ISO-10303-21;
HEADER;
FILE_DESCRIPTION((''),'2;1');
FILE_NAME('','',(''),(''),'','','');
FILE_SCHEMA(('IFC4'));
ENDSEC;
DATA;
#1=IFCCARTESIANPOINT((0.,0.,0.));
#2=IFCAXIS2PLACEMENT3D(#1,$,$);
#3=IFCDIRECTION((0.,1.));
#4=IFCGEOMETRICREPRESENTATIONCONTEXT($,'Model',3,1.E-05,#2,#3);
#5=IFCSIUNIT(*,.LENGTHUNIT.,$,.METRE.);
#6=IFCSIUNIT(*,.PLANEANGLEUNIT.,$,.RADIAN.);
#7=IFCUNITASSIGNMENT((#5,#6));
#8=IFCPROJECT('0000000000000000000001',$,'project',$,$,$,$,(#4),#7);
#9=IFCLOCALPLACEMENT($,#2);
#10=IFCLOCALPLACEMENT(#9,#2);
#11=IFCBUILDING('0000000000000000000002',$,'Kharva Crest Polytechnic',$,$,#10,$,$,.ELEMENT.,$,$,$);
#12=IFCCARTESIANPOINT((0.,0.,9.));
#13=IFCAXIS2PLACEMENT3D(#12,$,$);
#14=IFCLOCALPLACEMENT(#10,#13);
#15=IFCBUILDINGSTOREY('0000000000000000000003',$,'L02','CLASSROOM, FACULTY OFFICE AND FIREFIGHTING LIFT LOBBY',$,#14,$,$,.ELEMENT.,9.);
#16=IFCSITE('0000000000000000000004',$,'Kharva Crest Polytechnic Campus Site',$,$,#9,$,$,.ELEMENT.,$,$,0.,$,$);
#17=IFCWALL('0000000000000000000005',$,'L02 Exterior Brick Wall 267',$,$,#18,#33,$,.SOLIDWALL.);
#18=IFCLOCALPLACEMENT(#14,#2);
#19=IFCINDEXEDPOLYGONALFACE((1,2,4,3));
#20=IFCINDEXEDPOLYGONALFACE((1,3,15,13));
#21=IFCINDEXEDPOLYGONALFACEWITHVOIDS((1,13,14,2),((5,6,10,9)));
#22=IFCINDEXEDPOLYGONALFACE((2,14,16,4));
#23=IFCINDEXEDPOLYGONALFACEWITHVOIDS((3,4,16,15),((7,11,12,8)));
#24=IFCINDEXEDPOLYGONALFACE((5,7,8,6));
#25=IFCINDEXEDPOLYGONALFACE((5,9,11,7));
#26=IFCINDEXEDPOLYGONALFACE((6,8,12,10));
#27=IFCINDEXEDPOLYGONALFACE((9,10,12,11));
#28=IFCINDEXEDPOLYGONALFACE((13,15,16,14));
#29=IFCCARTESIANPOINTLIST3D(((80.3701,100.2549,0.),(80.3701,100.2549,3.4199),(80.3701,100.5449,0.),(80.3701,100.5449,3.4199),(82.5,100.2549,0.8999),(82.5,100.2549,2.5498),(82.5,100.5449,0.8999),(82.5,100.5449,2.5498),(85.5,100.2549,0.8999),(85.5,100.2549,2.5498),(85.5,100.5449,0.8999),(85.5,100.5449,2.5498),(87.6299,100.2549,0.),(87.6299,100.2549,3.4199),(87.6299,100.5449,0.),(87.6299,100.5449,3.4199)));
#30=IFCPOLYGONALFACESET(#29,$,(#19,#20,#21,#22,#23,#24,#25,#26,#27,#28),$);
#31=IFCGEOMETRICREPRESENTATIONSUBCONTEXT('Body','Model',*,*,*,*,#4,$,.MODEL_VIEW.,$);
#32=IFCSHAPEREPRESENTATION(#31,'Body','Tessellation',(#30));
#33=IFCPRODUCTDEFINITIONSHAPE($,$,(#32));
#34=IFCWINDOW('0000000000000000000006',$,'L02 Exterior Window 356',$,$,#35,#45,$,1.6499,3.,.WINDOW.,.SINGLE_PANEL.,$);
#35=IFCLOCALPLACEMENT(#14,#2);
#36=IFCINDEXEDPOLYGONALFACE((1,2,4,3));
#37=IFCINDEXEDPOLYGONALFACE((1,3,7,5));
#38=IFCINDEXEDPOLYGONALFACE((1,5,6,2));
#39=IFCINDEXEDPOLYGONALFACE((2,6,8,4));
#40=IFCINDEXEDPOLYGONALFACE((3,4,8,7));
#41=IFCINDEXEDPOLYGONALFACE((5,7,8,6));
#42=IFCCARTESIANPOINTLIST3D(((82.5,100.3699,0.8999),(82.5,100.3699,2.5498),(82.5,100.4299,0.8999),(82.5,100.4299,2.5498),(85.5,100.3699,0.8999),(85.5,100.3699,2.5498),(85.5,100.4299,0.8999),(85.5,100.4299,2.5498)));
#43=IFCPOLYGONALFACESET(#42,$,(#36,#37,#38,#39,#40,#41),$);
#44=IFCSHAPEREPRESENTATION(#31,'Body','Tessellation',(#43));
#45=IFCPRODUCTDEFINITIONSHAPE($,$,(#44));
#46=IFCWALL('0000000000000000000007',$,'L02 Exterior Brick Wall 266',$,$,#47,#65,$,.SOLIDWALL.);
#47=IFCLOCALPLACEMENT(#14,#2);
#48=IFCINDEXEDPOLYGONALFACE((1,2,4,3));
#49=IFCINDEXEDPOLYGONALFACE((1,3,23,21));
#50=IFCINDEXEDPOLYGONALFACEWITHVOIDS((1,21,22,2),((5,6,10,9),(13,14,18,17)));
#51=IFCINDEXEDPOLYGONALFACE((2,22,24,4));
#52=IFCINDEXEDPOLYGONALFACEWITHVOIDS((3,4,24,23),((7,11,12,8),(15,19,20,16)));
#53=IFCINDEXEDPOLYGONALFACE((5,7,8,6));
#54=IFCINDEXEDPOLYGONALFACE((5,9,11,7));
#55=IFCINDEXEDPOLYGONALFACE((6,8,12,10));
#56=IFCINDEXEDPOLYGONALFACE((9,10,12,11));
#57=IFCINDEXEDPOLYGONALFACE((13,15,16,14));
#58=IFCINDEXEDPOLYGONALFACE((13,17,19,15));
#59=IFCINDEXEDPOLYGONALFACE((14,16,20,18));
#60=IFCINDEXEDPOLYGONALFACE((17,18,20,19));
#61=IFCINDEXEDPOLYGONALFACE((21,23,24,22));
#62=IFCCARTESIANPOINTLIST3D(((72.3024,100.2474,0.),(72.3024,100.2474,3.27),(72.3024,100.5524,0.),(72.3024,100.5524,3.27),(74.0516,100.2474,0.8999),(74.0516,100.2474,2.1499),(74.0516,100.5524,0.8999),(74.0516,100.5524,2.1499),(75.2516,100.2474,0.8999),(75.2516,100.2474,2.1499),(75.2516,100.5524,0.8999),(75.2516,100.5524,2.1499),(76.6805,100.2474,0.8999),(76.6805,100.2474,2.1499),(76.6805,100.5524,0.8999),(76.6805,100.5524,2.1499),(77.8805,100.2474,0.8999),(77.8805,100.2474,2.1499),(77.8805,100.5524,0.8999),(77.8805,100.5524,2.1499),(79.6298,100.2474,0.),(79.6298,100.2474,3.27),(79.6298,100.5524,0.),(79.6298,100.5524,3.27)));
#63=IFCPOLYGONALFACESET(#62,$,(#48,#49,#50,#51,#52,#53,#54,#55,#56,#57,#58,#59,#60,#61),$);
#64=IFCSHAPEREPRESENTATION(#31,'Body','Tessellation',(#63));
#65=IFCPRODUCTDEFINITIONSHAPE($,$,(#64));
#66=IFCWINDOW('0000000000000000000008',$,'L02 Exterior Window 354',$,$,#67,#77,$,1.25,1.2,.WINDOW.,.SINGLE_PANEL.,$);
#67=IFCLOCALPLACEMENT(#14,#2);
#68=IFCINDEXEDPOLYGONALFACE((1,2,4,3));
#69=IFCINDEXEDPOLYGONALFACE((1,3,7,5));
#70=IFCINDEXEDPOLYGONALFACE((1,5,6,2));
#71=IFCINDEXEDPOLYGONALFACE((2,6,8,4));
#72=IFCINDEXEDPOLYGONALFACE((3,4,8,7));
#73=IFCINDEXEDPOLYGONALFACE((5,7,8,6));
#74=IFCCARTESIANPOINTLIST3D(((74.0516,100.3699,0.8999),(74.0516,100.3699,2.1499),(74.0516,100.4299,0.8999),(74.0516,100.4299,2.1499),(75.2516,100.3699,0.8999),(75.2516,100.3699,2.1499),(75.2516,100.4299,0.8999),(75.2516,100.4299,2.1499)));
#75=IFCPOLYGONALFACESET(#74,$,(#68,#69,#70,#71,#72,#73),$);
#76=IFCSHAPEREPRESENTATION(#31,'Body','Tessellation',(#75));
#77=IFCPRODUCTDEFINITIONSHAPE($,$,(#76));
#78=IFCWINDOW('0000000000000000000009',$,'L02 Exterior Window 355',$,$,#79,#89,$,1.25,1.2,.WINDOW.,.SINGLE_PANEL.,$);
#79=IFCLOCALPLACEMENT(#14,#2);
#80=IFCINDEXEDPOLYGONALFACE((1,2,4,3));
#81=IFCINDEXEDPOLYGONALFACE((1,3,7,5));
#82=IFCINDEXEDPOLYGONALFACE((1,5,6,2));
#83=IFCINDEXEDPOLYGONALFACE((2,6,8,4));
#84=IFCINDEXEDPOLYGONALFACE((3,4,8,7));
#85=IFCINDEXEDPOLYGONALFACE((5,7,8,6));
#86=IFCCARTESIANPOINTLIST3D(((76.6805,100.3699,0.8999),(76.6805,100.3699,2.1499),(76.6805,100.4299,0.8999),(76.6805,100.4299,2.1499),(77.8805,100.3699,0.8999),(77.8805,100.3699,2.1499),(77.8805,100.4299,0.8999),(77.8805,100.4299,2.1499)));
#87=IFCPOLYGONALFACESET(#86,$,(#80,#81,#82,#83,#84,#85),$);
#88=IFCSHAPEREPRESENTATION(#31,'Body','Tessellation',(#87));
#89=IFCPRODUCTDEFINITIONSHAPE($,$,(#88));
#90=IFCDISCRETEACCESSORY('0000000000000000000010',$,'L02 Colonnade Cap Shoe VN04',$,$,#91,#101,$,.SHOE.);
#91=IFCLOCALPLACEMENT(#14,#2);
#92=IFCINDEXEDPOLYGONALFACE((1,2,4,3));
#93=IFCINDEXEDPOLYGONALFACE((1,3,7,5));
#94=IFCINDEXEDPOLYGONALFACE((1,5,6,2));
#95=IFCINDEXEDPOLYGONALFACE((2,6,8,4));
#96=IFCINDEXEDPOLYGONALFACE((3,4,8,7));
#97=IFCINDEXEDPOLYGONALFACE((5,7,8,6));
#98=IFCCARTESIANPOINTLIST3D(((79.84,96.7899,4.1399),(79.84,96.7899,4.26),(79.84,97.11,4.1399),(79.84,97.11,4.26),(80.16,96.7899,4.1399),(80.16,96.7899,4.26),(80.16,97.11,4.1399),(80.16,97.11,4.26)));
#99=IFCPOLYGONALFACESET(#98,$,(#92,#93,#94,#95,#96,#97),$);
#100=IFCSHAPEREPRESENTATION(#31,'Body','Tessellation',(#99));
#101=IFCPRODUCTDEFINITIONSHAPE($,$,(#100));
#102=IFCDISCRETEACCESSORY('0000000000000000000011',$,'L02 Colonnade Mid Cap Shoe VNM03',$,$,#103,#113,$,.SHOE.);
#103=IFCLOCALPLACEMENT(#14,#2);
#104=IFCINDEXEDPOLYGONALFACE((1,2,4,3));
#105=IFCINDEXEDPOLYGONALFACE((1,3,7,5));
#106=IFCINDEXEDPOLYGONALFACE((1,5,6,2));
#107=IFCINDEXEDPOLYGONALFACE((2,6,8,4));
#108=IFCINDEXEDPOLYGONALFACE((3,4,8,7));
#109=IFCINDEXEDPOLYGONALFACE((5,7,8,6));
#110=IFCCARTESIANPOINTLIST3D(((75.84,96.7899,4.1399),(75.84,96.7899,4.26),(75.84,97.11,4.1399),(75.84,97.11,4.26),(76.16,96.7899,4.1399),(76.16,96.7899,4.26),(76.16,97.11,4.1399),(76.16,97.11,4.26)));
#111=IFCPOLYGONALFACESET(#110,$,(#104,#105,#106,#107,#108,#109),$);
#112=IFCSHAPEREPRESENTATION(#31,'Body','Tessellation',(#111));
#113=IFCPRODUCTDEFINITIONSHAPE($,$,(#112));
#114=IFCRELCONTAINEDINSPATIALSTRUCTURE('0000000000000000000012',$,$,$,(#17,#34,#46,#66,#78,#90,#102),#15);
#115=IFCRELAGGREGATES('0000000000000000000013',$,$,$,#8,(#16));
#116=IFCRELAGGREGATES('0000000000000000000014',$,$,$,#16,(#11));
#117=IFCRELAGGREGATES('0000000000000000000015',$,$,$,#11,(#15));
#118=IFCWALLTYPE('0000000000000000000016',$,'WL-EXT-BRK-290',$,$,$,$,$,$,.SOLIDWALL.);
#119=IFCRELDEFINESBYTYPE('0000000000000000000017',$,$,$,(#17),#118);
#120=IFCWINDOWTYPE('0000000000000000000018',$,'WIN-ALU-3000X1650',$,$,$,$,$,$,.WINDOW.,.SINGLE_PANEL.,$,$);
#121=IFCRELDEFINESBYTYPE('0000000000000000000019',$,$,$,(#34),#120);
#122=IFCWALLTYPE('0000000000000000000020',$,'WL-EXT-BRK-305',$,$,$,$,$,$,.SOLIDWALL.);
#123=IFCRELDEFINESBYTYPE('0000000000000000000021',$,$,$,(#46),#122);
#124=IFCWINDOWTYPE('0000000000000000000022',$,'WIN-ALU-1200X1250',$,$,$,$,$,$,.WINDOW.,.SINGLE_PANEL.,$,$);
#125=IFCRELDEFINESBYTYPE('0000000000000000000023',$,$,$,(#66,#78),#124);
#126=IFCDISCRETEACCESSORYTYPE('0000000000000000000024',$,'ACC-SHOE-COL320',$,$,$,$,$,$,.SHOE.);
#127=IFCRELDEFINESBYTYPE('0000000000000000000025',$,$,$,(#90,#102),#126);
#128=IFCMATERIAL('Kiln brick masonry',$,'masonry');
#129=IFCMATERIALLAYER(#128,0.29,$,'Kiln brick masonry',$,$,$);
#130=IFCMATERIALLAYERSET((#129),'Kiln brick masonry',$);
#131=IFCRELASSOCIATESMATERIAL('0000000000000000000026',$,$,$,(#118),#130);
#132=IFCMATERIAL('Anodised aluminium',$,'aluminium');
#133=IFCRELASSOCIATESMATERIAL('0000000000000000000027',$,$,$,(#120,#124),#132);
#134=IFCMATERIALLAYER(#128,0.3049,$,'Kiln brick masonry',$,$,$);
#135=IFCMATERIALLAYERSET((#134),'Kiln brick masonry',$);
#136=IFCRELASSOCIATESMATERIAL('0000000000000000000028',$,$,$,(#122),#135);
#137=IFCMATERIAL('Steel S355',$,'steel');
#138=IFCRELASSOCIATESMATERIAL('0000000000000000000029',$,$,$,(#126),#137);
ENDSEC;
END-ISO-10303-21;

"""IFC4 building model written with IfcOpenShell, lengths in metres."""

from ifc_helpers import new_model, si_unit, direction, frame, frame_2d, origin, origin_2d, place, context, subcontext, project, spatial, rectangle, extrude, material, layer, layer_set, type_object, element, fill, save


model = new_model("IFC4")

# Units and contexts
model_context = context("Model", 3, precision=1e-05, world=origin(), true_north=direction((0.0, 1.0)))
body_context = subcontext(model_context, "Body", "Model", "MODEL_VIEW")
ifc_project = project(units=[si_unit("LENGTHUNIT", "METRE"), si_unit("PLANEANGLEUNIT", "RADIAN")], contexts=[model_context])

# Site, building, storey
site_placement = place(None, origin())
site = spatial("IfcSite", under=ifc_project, at=site_placement, Name="Kharva Crest Polytechnic Campus Site", CompositionType="ELEMENT", RefElevation=0.0)
building_placement = place(site_placement, origin())
building = spatial("IfcBuilding", under=site, at=building_placement, Name="Kharva Crest Polytechnic", CompositionType="ELEMENT")
storey_placement = place(building_placement, frame((0.0, 0.0, 9.0)))
storey = spatial("IfcBuildingStorey", under=building, at=storey_placement, Name="L02", Description="CLASSROOM, FACULTY OFFICE AND FIREFIGHTING LIFT LOBBY", CompositionType="ELEMENT", Elevation=9.0)

# Shared definitions
ifc_material_1 = material(Name="Steel S355", Category="steel")

# Wall, opening, window
ifc_material_2 = material(Name="Kiln brick masonry", Category="masonry")
ifc_layer_1 = layer(ifc_material_2, 0.29, Name="Kiln brick masonry")
ifc_layer_set_1 = layer_set([ifc_layer_1], Name="Kiln brick masonry")
wall_type_1 = type_object("IfcWallType", Name="WL-EXT-BRK-290", PredefinedType="SOLIDWALL", material=ifc_layer_set_1)
wall_1_placement = place(storey_placement, frame((80.3701, 100.3999, 0.0), z_axis=(0.0, 0.0, 1.0), x_axis=(1.0, 0.0, 0.0)))
wall_1 = element("IfcWall", 1, at=wall_1_placement, inside=storey, type_object=wall_type_1, Name="L02 Exterior Brick Wall 267", PredefinedType="SOLIDWALL", context=body_context, shape_type="SweptSolid", body=[
    extrude(rectangle(XDim=7.2598, YDim=0.29, at=frame_2d((3.6299, 0.0))), origin(), (0.0, 0.0, 1.0), 3.4199),
])
opening_1_placement = place(wall_1_placement, frame((2.1299, 0.0, 0.8999)))
opening_1 = element("IfcOpeningElement", 2, at=opening_1_placement, cuts=wall_1, PredefinedType="OPENING", context=body_context, shape_type="SweptSolid", body=[
    extrude(rectangle(XDim=3.0, YDim=1.6499, at=frame_2d((1.5, 0.825))), frame((0.0, 0.155, 0.0), z_axis=(0.0, -1.0, 0.0), x_axis=(1.0, 0.0, 0.0)), (0.0, 0.0, 1.0), 0.3101),
])
ifc_material_3 = material(Name="Anodised aluminium", Category="aluminium")
window_type_1 = type_object("IfcWindowType", Name="WIN-ALU-3000X1650", PartitioningType="SINGLE_PANEL", PredefinedType="WINDOW", material=ifc_material_3)
window_1_placement = place(opening_1_placement, origin())
window_1 = element("IfcWindow", 3, at=window_1_placement, inside=storey, type_object=window_type_1, Name="L02 Exterior Window 356", OverallHeight=1.6499, OverallWidth=3.0, PartitioningType="SINGLE_PANEL", PredefinedType="WINDOW", context=body_context, shape_type="SweptSolid", body=[
    extrude(rectangle(XDim=3.0, YDim=1.6499, at=frame_2d((1.5, 0.825))), frame((0.0, 0.03, 0.0), z_axis=(0.0, -1.0, 0.0), x_axis=(1.0, 0.0, 0.0)), (0.0, 0.0, 1.0), 0.0601),
])
fill(opening_1, window_1)

# Wall, openings, windows
ifc_layer_2 = layer(ifc_material_2, 0.3049, Name="Kiln brick masonry")
ifc_layer_set_2 = layer_set([ifc_layer_2], Name="Kiln brick masonry")
wall_type_2 = type_object("IfcWallType", Name="WL-EXT-BRK-305", PredefinedType="SOLIDWALL", material=ifc_layer_set_2)
wall_2_placement = place(storey_placement, frame((72.3025, 100.3999, 0.0), z_axis=(0.0, 0.0, 1.0), x_axis=(1.0, 0.0, 0.0)))
wall_2 = element("IfcWall", 4, at=wall_2_placement, inside=storey, type_object=wall_type_2, Name="L02 Exterior Brick Wall 266", PredefinedType="SOLIDWALL", context=body_context, shape_type="SweptSolid", body=[
    extrude(rectangle(XDim=7.3274, YDim=0.3049, at=frame_2d((3.6636, 0.0))), origin(), (0.0, 0.0, 1.0), 3.27),
])
opening_2_placement = place(wall_2_placement, frame((1.749, 0.0, 0.8999)))
opening_2 = element("IfcOpeningElement", 5, at=opening_2_placement, cuts=wall_2, PredefinedType="OPENING", context=body_context, shape_type="SweptSolid", body=[
    extrude(rectangle(XDim=1.2, YDim=1.25, at=frame_2d((0.6001, 0.625))), frame((0.0, 0.1624, 0.0), z_axis=(0.0, -1.0, 0.0), x_axis=(1.0, 0.0, 0.0)), (0.0, 0.0, 1.0), 0.325),
])
opening_3_placement = place(wall_2_placement, frame((4.3779, 0.0, 0.8999)))
opening_3 = element("IfcOpeningElement", 6, at=opening_3_placement, cuts=wall_2, PredefinedType="OPENING", context=body_context, shape_type="SweptSolid", body=[
    extrude(rectangle(XDim=1.2, YDim=1.25, at=frame_2d((0.6001, 0.625))), frame((0.0, 0.1624, 0.0), z_axis=(0.0, -1.0, 0.0), x_axis=(1.0, 0.0, 0.0)), (0.0, 0.0, 1.0), 0.325),
])
window_type_2 = type_object("IfcWindowType", Name="WIN-ALU-1200X1250", PartitioningType="SINGLE_PANEL", PredefinedType="WINDOW", material=ifc_material_3)
window_2_placement = place(opening_2_placement, origin())
window_2 = element("IfcWindow", 7, at=window_2_placement, inside=storey, type_object=window_type_2, Name="L02 Exterior Window 354", OverallHeight=1.25, OverallWidth=1.2, PartitioningType="SINGLE_PANEL", PredefinedType="WINDOW", context=body_context, shape_type="SweptSolid", body=[
    extrude(rectangle(XDim=1.2, YDim=1.25, at=frame_2d((0.6001, 0.625))), frame((0.0, 0.03, 0.0), z_axis=(0.0, -1.0, 0.0), x_axis=(1.0, 0.0, 0.0)), (0.0, 0.0, 1.0), 0.0601),
])
fill(opening_2, window_2)
window_3_placement = place(opening_3_placement, origin())
window_3 = element("IfcWindow", 8, at=window_3_placement, inside=storey, type_object=window_type_2, Name="L02 Exterior Window 355", OverallHeight=1.25, OverallWidth=1.2, PartitioningType="SINGLE_PANEL", PredefinedType="WINDOW", context=body_context, shape_type="SweptSolid", body=[
    extrude(rectangle(XDim=1.2, YDim=1.25, at=frame_2d((0.6001, 0.625))), frame((0.0, 0.03, 0.0), z_axis=(0.0, -1.0, 0.0), x_axis=(1.0, 0.0, 0.0)), (0.0, 0.0, 1.0), 0.0601),
])
fill(opening_3, window_3)

# Discrete accessories
discrete_accessory_type = type_object("IfcDiscreteAccessoryType", Name="ACC-SHOE-COL320", PredefinedType="SHOE", material=ifc_material_1)
for number, where, z_axis, x_axis, name in (
    (9, (80.0, 96.95, 4.1399), (0.0, 0.0, 1.0), (1.0, 0.0, 0.0), "L02 Colonnade Cap Shoe VN04"),
    (10, (76.0, 96.95, 4.1399), (0.0, 0.0, 1.0), (1.0, 0.0, 0.0), "L02 Colonnade Mid Cap Shoe VNM03"),
):
    element("IfcDiscreteAccessory", number, at=place(storey_placement, frame(where, z_axis=z_axis, x_axis=x_axis)), inside=storey, type_object=discrete_accessory_type, Name=name, PredefinedType="SHOE", context=body_context, shape_type="SweptSolid", body=[
        extrude(rectangle(XDim=0.3201, YDim=0.3201, at=origin_2d()), origin(), (0.0, 0.0, 1.0), 0.1201),
    ])

save(model, "model.ifc")
